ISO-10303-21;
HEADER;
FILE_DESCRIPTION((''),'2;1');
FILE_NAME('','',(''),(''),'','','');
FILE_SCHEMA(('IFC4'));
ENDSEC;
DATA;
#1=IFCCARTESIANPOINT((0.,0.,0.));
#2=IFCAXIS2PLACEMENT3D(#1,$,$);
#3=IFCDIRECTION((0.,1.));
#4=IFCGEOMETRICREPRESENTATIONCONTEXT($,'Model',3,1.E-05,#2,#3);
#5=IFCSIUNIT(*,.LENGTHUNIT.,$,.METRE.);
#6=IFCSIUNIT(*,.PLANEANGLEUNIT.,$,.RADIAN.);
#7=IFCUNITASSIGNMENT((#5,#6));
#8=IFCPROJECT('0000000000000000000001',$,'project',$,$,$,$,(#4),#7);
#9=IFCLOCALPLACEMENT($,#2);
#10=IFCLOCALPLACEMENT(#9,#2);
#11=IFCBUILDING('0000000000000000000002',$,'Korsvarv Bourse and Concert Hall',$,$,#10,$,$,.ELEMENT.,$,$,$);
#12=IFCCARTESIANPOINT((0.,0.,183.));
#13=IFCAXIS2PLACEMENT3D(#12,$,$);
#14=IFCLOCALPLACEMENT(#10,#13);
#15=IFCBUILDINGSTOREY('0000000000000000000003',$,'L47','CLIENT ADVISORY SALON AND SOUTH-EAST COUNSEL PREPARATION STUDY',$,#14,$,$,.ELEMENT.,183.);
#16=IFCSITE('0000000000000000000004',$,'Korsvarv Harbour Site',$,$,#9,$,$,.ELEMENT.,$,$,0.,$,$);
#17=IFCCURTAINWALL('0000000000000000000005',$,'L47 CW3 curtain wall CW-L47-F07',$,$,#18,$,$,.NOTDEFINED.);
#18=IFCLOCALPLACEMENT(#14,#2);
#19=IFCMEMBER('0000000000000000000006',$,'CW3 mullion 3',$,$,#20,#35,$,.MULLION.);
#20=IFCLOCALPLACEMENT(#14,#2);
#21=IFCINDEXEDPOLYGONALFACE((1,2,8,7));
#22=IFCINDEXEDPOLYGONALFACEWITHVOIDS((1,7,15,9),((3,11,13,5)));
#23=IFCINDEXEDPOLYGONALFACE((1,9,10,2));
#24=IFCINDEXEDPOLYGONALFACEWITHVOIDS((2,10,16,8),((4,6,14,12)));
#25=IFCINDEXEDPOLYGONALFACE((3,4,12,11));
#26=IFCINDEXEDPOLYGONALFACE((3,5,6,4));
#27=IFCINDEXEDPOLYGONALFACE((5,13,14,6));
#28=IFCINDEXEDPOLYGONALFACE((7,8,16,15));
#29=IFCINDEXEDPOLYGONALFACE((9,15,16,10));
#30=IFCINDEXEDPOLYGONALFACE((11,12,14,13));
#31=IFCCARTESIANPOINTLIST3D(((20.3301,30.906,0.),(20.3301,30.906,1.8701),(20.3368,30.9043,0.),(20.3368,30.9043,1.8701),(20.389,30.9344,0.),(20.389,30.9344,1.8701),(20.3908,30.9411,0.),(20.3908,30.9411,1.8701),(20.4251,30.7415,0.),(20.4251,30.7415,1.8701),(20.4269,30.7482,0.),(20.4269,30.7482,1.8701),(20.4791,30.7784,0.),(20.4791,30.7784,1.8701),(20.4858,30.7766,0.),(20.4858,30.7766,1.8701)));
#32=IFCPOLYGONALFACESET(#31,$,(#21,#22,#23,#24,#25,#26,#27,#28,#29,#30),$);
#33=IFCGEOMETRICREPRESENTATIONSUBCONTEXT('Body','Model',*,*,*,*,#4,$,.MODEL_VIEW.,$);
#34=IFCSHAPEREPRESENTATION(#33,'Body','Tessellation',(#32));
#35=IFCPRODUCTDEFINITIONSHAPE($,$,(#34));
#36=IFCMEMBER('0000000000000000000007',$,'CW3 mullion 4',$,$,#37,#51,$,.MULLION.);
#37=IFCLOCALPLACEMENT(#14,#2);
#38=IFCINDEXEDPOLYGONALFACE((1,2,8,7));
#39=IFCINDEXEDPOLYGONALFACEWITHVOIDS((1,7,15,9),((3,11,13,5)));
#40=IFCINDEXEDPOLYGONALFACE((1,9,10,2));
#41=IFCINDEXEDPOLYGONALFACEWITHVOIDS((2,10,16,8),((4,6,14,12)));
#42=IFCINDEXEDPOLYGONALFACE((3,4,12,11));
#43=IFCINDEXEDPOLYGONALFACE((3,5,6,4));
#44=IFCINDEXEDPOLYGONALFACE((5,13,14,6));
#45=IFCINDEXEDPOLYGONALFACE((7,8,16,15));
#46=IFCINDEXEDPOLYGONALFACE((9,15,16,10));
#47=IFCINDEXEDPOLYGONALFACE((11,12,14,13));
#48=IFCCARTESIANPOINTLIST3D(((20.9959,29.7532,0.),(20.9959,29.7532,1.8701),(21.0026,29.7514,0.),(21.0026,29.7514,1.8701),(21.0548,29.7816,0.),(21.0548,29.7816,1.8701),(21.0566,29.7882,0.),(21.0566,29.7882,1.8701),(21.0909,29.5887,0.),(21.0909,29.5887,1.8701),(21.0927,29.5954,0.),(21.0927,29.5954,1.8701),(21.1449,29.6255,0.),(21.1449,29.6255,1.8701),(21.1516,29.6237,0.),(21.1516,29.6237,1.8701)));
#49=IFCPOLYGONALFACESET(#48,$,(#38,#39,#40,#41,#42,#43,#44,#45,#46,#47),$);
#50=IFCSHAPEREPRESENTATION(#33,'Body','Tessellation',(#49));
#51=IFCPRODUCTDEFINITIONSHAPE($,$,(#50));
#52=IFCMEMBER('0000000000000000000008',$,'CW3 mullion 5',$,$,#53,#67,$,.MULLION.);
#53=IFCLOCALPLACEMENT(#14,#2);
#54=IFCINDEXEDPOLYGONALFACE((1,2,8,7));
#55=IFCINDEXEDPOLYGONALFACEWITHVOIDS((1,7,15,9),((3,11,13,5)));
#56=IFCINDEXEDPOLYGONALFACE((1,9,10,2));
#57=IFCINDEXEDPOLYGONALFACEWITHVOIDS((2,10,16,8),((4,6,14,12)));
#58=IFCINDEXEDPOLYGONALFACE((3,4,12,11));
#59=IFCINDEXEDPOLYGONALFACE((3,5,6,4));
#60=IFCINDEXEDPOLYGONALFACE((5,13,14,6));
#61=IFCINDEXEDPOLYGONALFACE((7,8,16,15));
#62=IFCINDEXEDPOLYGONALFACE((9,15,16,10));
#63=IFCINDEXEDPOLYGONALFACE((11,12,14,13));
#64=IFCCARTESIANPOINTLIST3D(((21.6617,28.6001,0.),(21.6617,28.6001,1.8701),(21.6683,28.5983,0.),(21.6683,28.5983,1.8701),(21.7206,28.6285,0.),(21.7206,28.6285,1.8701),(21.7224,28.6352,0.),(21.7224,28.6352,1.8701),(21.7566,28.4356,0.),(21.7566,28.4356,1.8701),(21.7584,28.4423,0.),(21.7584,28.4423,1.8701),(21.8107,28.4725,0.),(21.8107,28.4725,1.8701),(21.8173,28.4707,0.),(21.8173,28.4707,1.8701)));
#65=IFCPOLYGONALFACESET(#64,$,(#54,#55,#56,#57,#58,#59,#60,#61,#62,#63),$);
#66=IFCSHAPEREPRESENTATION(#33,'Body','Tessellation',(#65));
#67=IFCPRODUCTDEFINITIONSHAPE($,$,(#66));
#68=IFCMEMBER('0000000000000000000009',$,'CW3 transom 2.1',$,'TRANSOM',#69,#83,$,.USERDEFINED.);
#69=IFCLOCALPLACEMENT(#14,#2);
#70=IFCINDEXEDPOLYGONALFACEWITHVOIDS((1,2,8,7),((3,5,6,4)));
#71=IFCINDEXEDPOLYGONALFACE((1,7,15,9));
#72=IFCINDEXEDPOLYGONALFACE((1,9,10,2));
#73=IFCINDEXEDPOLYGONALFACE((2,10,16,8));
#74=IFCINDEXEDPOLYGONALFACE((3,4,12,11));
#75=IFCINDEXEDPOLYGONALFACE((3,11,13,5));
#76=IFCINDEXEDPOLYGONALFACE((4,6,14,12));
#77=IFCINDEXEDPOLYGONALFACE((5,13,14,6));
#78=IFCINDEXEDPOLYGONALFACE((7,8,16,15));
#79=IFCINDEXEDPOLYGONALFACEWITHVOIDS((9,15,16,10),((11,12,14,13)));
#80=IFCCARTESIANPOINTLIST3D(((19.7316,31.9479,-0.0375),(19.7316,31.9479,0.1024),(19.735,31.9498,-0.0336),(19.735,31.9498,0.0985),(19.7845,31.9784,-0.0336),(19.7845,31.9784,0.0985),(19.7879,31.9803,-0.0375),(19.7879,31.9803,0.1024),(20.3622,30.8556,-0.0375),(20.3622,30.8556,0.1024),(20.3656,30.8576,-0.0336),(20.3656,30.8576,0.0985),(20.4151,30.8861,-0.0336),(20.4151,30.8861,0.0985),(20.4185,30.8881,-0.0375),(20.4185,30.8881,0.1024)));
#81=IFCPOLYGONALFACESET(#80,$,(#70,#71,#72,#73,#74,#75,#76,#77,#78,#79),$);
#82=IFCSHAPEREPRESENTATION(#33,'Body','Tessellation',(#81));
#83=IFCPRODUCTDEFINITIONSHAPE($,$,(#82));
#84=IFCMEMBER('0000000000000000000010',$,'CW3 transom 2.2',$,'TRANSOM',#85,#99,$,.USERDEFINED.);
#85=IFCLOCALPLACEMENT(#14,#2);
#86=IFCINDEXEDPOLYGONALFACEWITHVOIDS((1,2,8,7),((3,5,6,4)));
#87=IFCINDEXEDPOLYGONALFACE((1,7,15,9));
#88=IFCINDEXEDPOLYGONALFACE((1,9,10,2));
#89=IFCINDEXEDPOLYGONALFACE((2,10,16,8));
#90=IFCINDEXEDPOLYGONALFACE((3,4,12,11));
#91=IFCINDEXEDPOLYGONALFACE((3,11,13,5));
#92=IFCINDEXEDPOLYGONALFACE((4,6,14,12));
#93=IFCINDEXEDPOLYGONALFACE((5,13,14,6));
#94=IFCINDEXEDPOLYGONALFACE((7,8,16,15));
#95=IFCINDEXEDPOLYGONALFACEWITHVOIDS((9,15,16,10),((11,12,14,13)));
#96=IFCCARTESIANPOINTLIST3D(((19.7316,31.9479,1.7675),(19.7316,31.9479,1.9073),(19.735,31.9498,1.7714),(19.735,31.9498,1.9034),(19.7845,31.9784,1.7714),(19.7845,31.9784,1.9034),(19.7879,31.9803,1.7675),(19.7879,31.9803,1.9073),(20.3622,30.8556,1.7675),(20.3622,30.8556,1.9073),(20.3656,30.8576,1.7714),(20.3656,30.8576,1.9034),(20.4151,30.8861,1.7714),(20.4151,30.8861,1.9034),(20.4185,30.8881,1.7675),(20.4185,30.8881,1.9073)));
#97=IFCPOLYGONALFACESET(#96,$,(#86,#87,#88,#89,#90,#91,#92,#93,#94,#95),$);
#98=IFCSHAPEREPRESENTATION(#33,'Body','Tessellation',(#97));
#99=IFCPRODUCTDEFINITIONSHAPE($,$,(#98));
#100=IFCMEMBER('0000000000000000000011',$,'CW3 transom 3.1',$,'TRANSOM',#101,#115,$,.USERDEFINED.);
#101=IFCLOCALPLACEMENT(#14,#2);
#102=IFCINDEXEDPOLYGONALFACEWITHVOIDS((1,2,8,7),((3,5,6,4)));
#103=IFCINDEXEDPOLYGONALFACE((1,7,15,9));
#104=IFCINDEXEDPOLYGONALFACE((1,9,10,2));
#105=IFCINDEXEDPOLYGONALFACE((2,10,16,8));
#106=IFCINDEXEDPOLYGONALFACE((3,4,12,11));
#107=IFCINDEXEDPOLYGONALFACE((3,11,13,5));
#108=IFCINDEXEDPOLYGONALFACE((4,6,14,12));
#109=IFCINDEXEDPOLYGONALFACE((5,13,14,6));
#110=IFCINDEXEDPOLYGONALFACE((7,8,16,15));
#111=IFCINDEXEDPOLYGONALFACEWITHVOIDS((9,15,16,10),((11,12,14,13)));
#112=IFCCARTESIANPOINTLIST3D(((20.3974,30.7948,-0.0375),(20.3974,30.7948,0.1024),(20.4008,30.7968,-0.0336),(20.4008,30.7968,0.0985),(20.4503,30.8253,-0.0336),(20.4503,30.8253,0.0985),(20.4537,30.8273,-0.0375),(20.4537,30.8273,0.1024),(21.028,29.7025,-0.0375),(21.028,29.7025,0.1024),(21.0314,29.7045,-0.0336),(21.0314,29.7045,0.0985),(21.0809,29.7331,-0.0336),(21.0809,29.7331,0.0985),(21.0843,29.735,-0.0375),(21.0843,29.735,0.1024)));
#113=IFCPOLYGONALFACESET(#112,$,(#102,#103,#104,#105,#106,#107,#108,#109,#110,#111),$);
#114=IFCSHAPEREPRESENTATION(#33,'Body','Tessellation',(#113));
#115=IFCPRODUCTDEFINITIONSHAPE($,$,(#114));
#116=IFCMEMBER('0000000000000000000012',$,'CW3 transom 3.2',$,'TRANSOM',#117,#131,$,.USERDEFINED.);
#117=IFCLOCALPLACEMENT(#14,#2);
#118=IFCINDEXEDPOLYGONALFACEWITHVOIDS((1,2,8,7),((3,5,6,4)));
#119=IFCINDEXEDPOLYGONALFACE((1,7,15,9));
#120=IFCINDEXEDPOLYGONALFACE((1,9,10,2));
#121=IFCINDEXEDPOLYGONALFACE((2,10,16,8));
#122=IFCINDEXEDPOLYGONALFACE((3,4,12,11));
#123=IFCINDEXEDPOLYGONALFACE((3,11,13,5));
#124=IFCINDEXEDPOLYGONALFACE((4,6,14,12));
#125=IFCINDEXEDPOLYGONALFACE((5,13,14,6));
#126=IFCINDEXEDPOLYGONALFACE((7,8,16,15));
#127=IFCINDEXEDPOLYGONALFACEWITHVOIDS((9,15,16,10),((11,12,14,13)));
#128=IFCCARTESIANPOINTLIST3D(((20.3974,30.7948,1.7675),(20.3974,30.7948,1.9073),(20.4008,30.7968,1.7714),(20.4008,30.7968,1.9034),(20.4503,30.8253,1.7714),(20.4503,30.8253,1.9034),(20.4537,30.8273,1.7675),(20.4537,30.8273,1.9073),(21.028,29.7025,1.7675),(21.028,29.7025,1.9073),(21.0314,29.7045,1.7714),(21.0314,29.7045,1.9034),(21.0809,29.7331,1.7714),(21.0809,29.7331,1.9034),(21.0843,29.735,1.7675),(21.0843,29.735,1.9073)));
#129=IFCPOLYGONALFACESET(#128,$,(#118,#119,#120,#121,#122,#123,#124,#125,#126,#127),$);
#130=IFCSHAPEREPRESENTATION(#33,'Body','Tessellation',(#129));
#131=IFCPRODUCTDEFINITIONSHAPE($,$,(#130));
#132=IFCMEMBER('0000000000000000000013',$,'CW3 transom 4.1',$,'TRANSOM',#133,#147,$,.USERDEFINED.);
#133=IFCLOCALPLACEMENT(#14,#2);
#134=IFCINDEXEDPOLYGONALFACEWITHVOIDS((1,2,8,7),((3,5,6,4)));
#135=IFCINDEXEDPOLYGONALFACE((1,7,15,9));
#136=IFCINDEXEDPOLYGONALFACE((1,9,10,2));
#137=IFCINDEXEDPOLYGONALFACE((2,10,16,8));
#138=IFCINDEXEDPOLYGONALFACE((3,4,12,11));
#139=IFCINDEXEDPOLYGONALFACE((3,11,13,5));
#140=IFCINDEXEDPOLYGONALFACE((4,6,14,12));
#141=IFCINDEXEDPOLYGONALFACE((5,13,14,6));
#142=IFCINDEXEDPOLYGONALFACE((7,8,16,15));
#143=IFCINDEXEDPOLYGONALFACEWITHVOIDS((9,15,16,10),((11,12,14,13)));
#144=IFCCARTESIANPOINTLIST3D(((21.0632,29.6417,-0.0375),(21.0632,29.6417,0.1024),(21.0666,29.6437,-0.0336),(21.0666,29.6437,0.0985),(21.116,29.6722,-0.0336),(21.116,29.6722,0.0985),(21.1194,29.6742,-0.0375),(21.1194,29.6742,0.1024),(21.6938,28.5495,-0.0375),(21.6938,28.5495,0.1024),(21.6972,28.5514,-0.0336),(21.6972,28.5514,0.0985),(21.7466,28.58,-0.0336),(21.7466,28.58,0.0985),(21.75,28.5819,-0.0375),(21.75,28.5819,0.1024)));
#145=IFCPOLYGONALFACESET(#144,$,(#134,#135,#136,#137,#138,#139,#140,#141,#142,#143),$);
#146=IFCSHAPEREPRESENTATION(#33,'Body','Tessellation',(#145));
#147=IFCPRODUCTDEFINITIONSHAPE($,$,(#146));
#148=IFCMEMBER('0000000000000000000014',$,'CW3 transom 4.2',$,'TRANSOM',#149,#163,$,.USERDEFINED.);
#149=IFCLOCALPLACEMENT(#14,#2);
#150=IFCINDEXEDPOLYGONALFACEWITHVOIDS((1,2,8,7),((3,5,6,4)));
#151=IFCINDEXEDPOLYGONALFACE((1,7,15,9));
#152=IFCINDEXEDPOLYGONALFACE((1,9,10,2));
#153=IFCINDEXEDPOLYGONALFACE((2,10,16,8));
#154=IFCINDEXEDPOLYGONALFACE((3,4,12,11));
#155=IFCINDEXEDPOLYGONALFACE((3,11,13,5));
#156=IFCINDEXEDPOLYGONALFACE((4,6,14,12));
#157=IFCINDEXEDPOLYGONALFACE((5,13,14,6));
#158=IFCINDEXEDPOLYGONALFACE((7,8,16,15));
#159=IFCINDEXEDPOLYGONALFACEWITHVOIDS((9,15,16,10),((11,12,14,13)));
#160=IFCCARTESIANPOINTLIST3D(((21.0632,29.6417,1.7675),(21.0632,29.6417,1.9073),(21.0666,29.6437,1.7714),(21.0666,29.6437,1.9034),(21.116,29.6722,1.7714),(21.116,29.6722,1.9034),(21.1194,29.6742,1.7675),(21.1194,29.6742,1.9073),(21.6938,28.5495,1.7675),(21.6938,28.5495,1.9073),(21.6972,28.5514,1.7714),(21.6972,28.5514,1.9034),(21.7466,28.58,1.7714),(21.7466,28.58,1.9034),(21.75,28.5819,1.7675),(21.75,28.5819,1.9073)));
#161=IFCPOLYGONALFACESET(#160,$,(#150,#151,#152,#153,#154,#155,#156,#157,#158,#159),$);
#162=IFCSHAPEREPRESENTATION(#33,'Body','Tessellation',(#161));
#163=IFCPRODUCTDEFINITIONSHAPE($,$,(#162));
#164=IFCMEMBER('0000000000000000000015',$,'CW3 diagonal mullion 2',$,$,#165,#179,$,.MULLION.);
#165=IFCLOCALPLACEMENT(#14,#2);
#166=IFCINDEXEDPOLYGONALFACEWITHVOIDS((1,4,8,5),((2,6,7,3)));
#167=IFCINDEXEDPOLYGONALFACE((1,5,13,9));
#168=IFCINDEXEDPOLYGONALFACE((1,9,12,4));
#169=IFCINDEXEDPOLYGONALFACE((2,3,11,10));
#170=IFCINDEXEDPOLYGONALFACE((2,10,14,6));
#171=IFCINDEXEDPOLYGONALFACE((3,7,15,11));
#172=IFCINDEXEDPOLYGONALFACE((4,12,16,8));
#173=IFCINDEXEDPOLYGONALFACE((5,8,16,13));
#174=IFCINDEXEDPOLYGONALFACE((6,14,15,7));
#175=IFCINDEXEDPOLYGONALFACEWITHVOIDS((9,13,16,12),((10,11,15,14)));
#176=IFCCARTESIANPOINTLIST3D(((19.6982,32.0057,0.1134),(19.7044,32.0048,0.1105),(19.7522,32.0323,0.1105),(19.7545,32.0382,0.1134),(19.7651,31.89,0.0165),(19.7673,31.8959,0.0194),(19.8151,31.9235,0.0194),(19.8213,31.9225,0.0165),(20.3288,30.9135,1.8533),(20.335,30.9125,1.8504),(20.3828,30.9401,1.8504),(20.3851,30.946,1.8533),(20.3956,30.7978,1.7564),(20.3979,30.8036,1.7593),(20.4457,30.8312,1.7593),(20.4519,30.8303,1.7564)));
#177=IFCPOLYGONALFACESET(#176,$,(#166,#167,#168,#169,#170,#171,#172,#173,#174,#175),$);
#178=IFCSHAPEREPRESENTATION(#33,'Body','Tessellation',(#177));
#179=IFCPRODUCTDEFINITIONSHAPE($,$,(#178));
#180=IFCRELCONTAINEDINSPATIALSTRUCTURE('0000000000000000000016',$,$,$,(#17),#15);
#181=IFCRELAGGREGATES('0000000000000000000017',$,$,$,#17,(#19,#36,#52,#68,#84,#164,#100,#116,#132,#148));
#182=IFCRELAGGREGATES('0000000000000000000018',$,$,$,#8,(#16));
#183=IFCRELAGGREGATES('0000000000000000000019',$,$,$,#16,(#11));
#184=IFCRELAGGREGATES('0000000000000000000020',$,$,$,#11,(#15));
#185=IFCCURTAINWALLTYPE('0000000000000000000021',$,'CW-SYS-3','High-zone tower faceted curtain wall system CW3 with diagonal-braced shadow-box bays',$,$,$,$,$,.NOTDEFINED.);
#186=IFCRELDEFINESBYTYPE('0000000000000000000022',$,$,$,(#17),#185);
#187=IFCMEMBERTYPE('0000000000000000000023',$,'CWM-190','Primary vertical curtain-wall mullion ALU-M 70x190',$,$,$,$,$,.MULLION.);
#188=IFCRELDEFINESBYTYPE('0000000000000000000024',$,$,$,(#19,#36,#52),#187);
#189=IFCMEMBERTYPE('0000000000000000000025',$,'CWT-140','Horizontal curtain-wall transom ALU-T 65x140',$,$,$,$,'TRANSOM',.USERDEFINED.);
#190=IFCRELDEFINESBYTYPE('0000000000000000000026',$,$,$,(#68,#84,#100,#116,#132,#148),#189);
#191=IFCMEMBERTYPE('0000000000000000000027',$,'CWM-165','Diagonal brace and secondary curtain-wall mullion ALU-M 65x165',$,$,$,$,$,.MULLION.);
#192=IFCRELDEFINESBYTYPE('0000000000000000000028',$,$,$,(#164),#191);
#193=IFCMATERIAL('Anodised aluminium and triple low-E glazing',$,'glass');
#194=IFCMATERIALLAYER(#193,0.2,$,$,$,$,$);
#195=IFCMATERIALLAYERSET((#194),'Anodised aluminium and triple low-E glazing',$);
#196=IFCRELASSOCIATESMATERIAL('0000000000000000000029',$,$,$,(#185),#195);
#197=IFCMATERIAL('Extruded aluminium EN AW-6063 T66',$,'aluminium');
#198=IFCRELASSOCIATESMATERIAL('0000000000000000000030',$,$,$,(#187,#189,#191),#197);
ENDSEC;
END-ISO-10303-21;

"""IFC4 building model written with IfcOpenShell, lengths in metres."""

from ifc_helpers import new_model, si_unit, direction, frame, origin, origin_2d, place, context, subcontext, project, spatial, hollow_rectangle, extrude, source, transform, mapped, material, layer, layer_set, material_profile, profile_set, type_object, element, aggregate, save


model = new_model("IFC4")

# Units and contexts
model_context = context("Model", 3, precision=1e-05, world=origin(), true_north=direction((0.0, 1.0)))
body_context = subcontext(model_context, "Body", "Model", "MODEL_VIEW")
ifc_project = project(units=[si_unit("LENGTHUNIT", "METRE"), si_unit("PLANEANGLEUNIT", "RADIAN")], contexts=[model_context])

# Site, building, storey
site_placement = place(None, origin())
site = spatial("IfcSite", under=ifc_project, at=site_placement, Name="Korsvarv Harbour Site", CompositionType="ELEMENT", RefElevation=0.0)
building_placement = place(site_placement, origin())
building = spatial("IfcBuilding", under=site, at=building_placement, Name="Korsvarv Bourse and Concert Hall", CompositionType="ELEMENT")
storey_placement = place(building_placement, frame((0.0, 0.0, 183.0)))
storey = spatial("IfcBuildingStorey", under=building, at=storey_placement, Name="L47", Description="CLIENT ADVISORY SALON AND SOUTH-EAST COUNSEL PREPARATION STUDY", CompositionType="ELEMENT", Elevation=183.0)

# Curtain wall, members
ifc_material_1 = material(Name="Anodised aluminium and triple low-E glazing", Category="glass")
ifc_layer_1 = layer(ifc_material_1, 0.2)
ifc_layer_set_1 = layer_set([ifc_layer_1], Name="Anodised aluminium and triple low-E glazing")
curtain_wall_type = type_object("IfcCurtainWallType", Name="CW-SYS-3", Description="High-zone tower faceted curtain wall system CW3 with diagonal-braced shadow-box bays", PredefinedType="NOTDEFINED", material=ifc_layer_set_1)
curtain_wall_placement = place(storey_placement, origin())
curtain_wall = element("IfcCurtainWall", 1, at=curtain_wall_placement, inside=storey, type_object=curtain_wall_type, Name="L47 CW3 curtain wall CW-L47-F07", PredefinedType="NOTDEFINED")
ifc_material_2 = material(Name="Extruded aluminium EN AW-6063 T66", Category="aluminium")
ifc_material_profile_1 = material_profile(ifc_material_2, hollow_rectangle(XDim=0.0701, YDim=0.1899, WallThickness=0.0049, at=origin_2d()), Name="ALU-M 70x190")
ifc_profile_set_1 = profile_set([ifc_material_profile_1], Name="Extruded aluminium EN AW-6063 T66")
member_type_1 = type_object("IfcMemberType", Name="CWM-190", Description="Primary vertical curtain-wall mullion ALU-M 70x190", PredefinedType="MULLION", material=ifc_profile_set_1)
shared_shape_1 = source(origin(), body_context, "Body", "SweptSolid", [
    extrude(hollow_rectangle(XDim=0.0701, YDim=0.1899, WallThickness=0.0049, at=origin_2d()), origin(), (0.0, 0.0, 1.0), 1.8701),
])
member_1_placement = place(storey_placement, frame((20.408, 30.8413, 0.0), z_axis=(0.0, 0.0, 1.0), x_axis=(0.866029, 0.499994, 0.0)))
member_1 = element("IfcMember", 2, at=member_1_placement, type_object=member_type_1, Name="CW3 mullion 3", PredefinedType="MULLION", context=body_context, shape_type="MappedRepresentation", body=[
    mapped(shared_shape_1, transform((0.0, 0.0, 0.0), scale=1.0)),
])
member_2_placement = place(storey_placement, frame((21.0737, 29.6885, 0.0), z_axis=(0.0, 0.0, 1.0), x_axis=(0.866029, 0.499994, 0.0)))
member_2 = element("IfcMember", 3, at=member_2_placement, type_object=member_type_1, Name="CW3 mullion 4", PredefinedType="MULLION", context=body_context, shape_type="MappedRepresentation", body=[
    mapped(shared_shape_1, transform((0.0, 0.0, 0.0), scale=1.0)),
])
member_3_placement = place(storey_placement, frame((21.7395, 28.5354, 0.0), z_axis=(0.0, 0.0, 1.0), x_axis=(0.866029, 0.499994, 0.0)))
member_3 = element("IfcMember", 4, at=member_3_placement, type_object=member_type_1, Name="CW3 mullion 5", PredefinedType="MULLION", context=body_context, shape_type="MappedRepresentation", body=[
    mapped(shared_shape_1, transform((0.0, 0.0, 0.0), scale=1.0)),
])
ifc_material_profile_2 = material_profile(ifc_material_2, hollow_rectangle(XDim=0.0649, YDim=0.1399, WallThickness=0.0039, at=origin_2d()), Name="ALU-T 65x140")
ifc_profile_set_2 = profile_set([ifc_material_profile_2], Name="Extruded aluminium EN AW-6063 T66")
member_type_2 = type_object("IfcMemberType", Name="CWT-140", Description="Horizontal curtain-wall transom ALU-T 65x140", ElementType="TRANSOM", PredefinedType="USERDEFINED", material=ifc_profile_set_2)
shared_shape_2 = source(origin(), body_context, "Body", "SweptSolid", [
    extrude(hollow_rectangle(XDim=0.0649, YDim=0.1399, WallThickness=0.0039, at=origin_2d()), origin(), (0.0, 0.0, 1.0), 1.2612),
])
member_4_placement = place(storey_placement, frame((19.7598, 31.9641, 0.0325), z_axis=(0.499991, -0.866031, 0.0), x_axis=(0.866031, 0.499991, 0.0)))
member_4 = element("IfcMember", 5, at=member_4_placement, type_object=member_type_2, Name="CW3 transom 2.1", ObjectType="TRANSOM", PredefinedType="USERDEFINED", context=body_context, shape_type="MappedRepresentation", body=[
    mapped(shared_shape_2, transform((0.0, 0.0, 0.0), scale=1.0)),
])
member_5_placement = place(storey_placement, frame((19.7598, 31.9641, 1.8374), z_axis=(0.499991, -0.866031, 0.0), x_axis=(0.866031, 0.499991, 0.0)))
member_5 = element("IfcMember", 6, at=member_5_placement, type_object=member_type_2, Name="CW3 transom 2.2", ObjectType="TRANSOM", PredefinedType="USERDEFINED", context=body_context, shape_type="MappedRepresentation", body=[
    mapped(shared_shape_2, transform((0.0, 0.0, 0.0), scale=1.0)),
])
member_6_placement = place(storey_placement, frame((20.4255, 30.811, 0.0325), z_axis=(0.499991, -0.866031, 0.0), x_axis=(0.866031, 0.499991, 0.0)))
member_6 = element("IfcMember", 7, at=member_6_placement, type_object=member_type_2, Name="CW3 transom 3.1", ObjectType="TRANSOM", PredefinedType="USERDEFINED", context=body_context, shape_type="MappedRepresentation", body=[
    mapped(shared_shape_2, transform((0.0, 0.0, 0.0), scale=1.0)),
])
member_7_placement = place(storey_placement, frame((20.4255, 30.811, 1.8374), z_axis=(0.499991, -0.866031, 0.0), x_axis=(0.866031, 0.499991, 0.0)))
member_7 = element("IfcMember", 8, at=member_7_placement, type_object=member_type_2, Name="CW3 transom 3.2", ObjectType="TRANSOM", PredefinedType="USERDEFINED", context=body_context, shape_type="MappedRepresentation", body=[
    mapped(shared_shape_2, transform((0.0, 0.0, 0.0), scale=1.0)),
])
member_8_placement = place(storey_placement, frame((21.0913, 29.658, 0.0325), z_axis=(0.499991, -0.866031, 0.0), x_axis=(0.866031, 0.499991, 0.0)))
member_8 = element("IfcMember", 9, at=member_8_placement, type_object=member_type_2, Name="CW3 transom 4.1", ObjectType="TRANSOM", PredefinedType="USERDEFINED", context=body_context, shape_type="MappedRepresentation", body=[
    mapped(shared_shape_2, transform((0.0, 0.0, 0.0), scale=1.0)),
])
member_9_placement = place(storey_placement, frame((21.0913, 29.658, 1.8374), z_axis=(0.499991, -0.866031, 0.0), x_axis=(0.866031, 0.499991, 0.0)))
member_9 = element("IfcMember", 10, at=member_9_placement, type_object=member_type_2, Name="CW3 transom 4.2", ObjectType="TRANSOM", PredefinedType="USERDEFINED", context=body_context, shape_type="MappedRepresentation", body=[
    mapped(shared_shape_2, transform((0.0, 0.0, 0.0), scale=1.0)),
])
ifc_material_profile_3 = material_profile(ifc_material_2, hollow_rectangle(XDim=0.0649, YDim=0.165, WallThickness=0.0049, at=origin_2d()), Name="ALU-M 65x165")
ifc_profile_set_3 = profile_set([ifc_material_profile_3], Name="Extruded aluminium EN AW-6063 T66")
member_type_3 = type_object("IfcMemberType", Name="CWM-165", Description="Diagonal brace and secondary curtain-wall mullion ALU-M 65x165", PredefinedType="MULLION", material=ifc_profile_set_3)
shared_shape_3 = source(origin(), body_context, "Body", "SweptSolid", [
    extrude(hollow_rectangle(XDim=0.0649, YDim=0.165, WallThickness=0.0049, at=origin_2d()), origin(), (0.0, 0.0, 1.0), 2.1489),
])
member_10_placement = place(storey_placement, frame((19.7598, 31.9641, 0.0649), z_axis=(0.293442, -0.508269, 0.809663), x_axis=(0.866031, 0.499991, 0.0)))
member_10 = element("IfcMember", 11, at=member_10_placement, type_object=member_type_3, Name="CW3 diagonal mullion 2", PredefinedType="MULLION", context=body_context, shape_type="MappedRepresentation", body=[
    mapped(shared_shape_3, transform((0.0, 0.0, 0.0), scale=1.0)),
])

aggregate(curtain_wall, [member_1, member_2, member_3, member_4, member_5, member_10, member_6, member_7, member_8, member_9])

save(model, "model.ifc")
